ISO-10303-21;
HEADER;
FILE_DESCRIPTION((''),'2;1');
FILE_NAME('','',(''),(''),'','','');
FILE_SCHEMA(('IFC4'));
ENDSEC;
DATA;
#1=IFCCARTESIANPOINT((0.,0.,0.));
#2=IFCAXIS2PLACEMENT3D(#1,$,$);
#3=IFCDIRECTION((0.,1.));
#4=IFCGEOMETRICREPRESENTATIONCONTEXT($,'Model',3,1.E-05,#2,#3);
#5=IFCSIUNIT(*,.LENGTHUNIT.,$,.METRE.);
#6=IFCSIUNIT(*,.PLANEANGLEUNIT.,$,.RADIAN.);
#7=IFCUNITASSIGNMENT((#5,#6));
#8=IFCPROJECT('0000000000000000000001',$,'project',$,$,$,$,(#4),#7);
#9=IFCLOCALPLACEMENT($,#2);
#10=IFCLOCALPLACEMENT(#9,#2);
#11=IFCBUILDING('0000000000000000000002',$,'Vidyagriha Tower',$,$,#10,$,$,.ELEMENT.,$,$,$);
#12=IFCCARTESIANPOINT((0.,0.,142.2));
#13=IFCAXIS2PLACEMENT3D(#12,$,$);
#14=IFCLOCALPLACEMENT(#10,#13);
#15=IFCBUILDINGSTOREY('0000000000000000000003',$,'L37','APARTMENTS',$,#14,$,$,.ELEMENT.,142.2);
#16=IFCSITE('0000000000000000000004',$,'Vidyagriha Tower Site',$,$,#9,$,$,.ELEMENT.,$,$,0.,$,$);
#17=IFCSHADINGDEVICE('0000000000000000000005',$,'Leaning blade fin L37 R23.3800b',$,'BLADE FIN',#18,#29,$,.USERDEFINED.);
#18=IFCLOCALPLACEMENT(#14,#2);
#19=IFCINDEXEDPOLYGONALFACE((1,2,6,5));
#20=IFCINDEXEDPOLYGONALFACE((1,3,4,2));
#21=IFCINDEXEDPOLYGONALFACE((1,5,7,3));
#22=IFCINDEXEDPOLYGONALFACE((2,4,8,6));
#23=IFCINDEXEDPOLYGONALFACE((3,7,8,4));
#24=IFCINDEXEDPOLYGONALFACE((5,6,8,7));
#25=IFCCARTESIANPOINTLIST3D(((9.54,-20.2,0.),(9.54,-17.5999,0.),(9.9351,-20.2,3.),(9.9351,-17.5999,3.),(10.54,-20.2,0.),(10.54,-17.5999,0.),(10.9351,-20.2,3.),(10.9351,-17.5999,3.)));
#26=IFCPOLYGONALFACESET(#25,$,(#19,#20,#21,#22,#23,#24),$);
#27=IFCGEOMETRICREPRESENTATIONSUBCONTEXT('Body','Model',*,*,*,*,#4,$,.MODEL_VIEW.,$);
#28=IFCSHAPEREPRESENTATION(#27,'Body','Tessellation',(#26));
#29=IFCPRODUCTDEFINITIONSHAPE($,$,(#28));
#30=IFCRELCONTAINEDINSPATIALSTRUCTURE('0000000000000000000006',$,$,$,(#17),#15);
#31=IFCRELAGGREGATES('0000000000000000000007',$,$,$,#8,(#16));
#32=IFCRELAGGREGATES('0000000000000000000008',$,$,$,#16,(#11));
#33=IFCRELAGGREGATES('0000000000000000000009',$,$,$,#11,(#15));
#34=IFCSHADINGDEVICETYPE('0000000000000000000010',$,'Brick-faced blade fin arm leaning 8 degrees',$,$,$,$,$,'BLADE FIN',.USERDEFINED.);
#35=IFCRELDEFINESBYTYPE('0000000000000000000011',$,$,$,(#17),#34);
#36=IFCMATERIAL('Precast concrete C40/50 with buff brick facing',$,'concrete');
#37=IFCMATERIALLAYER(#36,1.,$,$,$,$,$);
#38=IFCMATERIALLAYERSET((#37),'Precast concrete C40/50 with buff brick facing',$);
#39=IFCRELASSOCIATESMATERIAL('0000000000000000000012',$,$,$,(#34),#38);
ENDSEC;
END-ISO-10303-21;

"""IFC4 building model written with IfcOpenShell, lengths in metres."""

from ifc_helpers import new_model, si_unit, direction, frame, origin, place, context, subcontext, project, spatial, polyline, outline, extrude, material, layer, layer_set, type_object, element, save


model = new_model("IFC4")

# Units and contexts
model_context = context("Model", 3, precision=1e-05, world=origin(), true_north=direction((0.0, 1.0)))
body_context = subcontext(model_context, "Body", "Model", "MODEL_VIEW")
ifc_project = project(units=[si_unit("LENGTHUNIT", "METRE"), si_unit("PLANEANGLEUNIT", "RADIAN")], contexts=[model_context])

# Site, building, storey
site_placement = place(None, origin())
site = spatial("IfcSite", under=ifc_project, at=site_placement, Name="Vidyagriha Tower Site", CompositionType="ELEMENT", RefElevation=0.0)
building_placement = place(site_placement, origin())
building = spatial("IfcBuilding", under=site, at=building_placement, Name="Vidyagriha Tower", CompositionType="ELEMENT")
storey_placement = place(building_placement, frame((0.0, 0.0, 142.2)))
storey = spatial("IfcBuildingStorey", under=building, at=storey_placement, Name="L37", Description="APARTMENTS", CompositionType="ELEMENT", Elevation=142.2)

# Shading device
ifc_material_1 = material(Name="Precast concrete C40/50 with buff brick facing", Category="concrete")
ifc_layer_1 = layer(ifc_material_1, 1.0)
ifc_layer_set_1 = layer_set([ifc_layer_1], Name="Precast concrete C40/50 with buff brick facing")
shading_device_type = type_object("IfcShadingDeviceType", Name="Brick-faced blade fin arm leaning 8 degrees", ElementType="BLADE FIN", PredefinedType="USERDEFINED", material=ifc_layer_set_1)
shading_device_1_placement = place(storey_placement, frame((9.54, -18.8999, 0.0)))
element("IfcShadingDevice", 1, at=shading_device_1_placement, inside=storey, type_object=shading_device_type, Name="Leaning blade fin L37 R23.3800b", ObjectType="BLADE FIN", PredefinedType="USERDEFINED", context=body_context, shape_type="SweptSolid", body=[
    extrude(outline(polyline([(0.0, 0.0), (1.0, 0.0), (1.395, 3.0), (0.395, 3.0), (0.0, 0.0)])), frame((0.0, 1.3, 0.0), z_axis=(0.0, -1.0, 0.0), x_axis=(1.0, 0.0, 0.0)), (0.0, 0.0, 1.0), 2.6001),
])

save(model, "model.ifc")
